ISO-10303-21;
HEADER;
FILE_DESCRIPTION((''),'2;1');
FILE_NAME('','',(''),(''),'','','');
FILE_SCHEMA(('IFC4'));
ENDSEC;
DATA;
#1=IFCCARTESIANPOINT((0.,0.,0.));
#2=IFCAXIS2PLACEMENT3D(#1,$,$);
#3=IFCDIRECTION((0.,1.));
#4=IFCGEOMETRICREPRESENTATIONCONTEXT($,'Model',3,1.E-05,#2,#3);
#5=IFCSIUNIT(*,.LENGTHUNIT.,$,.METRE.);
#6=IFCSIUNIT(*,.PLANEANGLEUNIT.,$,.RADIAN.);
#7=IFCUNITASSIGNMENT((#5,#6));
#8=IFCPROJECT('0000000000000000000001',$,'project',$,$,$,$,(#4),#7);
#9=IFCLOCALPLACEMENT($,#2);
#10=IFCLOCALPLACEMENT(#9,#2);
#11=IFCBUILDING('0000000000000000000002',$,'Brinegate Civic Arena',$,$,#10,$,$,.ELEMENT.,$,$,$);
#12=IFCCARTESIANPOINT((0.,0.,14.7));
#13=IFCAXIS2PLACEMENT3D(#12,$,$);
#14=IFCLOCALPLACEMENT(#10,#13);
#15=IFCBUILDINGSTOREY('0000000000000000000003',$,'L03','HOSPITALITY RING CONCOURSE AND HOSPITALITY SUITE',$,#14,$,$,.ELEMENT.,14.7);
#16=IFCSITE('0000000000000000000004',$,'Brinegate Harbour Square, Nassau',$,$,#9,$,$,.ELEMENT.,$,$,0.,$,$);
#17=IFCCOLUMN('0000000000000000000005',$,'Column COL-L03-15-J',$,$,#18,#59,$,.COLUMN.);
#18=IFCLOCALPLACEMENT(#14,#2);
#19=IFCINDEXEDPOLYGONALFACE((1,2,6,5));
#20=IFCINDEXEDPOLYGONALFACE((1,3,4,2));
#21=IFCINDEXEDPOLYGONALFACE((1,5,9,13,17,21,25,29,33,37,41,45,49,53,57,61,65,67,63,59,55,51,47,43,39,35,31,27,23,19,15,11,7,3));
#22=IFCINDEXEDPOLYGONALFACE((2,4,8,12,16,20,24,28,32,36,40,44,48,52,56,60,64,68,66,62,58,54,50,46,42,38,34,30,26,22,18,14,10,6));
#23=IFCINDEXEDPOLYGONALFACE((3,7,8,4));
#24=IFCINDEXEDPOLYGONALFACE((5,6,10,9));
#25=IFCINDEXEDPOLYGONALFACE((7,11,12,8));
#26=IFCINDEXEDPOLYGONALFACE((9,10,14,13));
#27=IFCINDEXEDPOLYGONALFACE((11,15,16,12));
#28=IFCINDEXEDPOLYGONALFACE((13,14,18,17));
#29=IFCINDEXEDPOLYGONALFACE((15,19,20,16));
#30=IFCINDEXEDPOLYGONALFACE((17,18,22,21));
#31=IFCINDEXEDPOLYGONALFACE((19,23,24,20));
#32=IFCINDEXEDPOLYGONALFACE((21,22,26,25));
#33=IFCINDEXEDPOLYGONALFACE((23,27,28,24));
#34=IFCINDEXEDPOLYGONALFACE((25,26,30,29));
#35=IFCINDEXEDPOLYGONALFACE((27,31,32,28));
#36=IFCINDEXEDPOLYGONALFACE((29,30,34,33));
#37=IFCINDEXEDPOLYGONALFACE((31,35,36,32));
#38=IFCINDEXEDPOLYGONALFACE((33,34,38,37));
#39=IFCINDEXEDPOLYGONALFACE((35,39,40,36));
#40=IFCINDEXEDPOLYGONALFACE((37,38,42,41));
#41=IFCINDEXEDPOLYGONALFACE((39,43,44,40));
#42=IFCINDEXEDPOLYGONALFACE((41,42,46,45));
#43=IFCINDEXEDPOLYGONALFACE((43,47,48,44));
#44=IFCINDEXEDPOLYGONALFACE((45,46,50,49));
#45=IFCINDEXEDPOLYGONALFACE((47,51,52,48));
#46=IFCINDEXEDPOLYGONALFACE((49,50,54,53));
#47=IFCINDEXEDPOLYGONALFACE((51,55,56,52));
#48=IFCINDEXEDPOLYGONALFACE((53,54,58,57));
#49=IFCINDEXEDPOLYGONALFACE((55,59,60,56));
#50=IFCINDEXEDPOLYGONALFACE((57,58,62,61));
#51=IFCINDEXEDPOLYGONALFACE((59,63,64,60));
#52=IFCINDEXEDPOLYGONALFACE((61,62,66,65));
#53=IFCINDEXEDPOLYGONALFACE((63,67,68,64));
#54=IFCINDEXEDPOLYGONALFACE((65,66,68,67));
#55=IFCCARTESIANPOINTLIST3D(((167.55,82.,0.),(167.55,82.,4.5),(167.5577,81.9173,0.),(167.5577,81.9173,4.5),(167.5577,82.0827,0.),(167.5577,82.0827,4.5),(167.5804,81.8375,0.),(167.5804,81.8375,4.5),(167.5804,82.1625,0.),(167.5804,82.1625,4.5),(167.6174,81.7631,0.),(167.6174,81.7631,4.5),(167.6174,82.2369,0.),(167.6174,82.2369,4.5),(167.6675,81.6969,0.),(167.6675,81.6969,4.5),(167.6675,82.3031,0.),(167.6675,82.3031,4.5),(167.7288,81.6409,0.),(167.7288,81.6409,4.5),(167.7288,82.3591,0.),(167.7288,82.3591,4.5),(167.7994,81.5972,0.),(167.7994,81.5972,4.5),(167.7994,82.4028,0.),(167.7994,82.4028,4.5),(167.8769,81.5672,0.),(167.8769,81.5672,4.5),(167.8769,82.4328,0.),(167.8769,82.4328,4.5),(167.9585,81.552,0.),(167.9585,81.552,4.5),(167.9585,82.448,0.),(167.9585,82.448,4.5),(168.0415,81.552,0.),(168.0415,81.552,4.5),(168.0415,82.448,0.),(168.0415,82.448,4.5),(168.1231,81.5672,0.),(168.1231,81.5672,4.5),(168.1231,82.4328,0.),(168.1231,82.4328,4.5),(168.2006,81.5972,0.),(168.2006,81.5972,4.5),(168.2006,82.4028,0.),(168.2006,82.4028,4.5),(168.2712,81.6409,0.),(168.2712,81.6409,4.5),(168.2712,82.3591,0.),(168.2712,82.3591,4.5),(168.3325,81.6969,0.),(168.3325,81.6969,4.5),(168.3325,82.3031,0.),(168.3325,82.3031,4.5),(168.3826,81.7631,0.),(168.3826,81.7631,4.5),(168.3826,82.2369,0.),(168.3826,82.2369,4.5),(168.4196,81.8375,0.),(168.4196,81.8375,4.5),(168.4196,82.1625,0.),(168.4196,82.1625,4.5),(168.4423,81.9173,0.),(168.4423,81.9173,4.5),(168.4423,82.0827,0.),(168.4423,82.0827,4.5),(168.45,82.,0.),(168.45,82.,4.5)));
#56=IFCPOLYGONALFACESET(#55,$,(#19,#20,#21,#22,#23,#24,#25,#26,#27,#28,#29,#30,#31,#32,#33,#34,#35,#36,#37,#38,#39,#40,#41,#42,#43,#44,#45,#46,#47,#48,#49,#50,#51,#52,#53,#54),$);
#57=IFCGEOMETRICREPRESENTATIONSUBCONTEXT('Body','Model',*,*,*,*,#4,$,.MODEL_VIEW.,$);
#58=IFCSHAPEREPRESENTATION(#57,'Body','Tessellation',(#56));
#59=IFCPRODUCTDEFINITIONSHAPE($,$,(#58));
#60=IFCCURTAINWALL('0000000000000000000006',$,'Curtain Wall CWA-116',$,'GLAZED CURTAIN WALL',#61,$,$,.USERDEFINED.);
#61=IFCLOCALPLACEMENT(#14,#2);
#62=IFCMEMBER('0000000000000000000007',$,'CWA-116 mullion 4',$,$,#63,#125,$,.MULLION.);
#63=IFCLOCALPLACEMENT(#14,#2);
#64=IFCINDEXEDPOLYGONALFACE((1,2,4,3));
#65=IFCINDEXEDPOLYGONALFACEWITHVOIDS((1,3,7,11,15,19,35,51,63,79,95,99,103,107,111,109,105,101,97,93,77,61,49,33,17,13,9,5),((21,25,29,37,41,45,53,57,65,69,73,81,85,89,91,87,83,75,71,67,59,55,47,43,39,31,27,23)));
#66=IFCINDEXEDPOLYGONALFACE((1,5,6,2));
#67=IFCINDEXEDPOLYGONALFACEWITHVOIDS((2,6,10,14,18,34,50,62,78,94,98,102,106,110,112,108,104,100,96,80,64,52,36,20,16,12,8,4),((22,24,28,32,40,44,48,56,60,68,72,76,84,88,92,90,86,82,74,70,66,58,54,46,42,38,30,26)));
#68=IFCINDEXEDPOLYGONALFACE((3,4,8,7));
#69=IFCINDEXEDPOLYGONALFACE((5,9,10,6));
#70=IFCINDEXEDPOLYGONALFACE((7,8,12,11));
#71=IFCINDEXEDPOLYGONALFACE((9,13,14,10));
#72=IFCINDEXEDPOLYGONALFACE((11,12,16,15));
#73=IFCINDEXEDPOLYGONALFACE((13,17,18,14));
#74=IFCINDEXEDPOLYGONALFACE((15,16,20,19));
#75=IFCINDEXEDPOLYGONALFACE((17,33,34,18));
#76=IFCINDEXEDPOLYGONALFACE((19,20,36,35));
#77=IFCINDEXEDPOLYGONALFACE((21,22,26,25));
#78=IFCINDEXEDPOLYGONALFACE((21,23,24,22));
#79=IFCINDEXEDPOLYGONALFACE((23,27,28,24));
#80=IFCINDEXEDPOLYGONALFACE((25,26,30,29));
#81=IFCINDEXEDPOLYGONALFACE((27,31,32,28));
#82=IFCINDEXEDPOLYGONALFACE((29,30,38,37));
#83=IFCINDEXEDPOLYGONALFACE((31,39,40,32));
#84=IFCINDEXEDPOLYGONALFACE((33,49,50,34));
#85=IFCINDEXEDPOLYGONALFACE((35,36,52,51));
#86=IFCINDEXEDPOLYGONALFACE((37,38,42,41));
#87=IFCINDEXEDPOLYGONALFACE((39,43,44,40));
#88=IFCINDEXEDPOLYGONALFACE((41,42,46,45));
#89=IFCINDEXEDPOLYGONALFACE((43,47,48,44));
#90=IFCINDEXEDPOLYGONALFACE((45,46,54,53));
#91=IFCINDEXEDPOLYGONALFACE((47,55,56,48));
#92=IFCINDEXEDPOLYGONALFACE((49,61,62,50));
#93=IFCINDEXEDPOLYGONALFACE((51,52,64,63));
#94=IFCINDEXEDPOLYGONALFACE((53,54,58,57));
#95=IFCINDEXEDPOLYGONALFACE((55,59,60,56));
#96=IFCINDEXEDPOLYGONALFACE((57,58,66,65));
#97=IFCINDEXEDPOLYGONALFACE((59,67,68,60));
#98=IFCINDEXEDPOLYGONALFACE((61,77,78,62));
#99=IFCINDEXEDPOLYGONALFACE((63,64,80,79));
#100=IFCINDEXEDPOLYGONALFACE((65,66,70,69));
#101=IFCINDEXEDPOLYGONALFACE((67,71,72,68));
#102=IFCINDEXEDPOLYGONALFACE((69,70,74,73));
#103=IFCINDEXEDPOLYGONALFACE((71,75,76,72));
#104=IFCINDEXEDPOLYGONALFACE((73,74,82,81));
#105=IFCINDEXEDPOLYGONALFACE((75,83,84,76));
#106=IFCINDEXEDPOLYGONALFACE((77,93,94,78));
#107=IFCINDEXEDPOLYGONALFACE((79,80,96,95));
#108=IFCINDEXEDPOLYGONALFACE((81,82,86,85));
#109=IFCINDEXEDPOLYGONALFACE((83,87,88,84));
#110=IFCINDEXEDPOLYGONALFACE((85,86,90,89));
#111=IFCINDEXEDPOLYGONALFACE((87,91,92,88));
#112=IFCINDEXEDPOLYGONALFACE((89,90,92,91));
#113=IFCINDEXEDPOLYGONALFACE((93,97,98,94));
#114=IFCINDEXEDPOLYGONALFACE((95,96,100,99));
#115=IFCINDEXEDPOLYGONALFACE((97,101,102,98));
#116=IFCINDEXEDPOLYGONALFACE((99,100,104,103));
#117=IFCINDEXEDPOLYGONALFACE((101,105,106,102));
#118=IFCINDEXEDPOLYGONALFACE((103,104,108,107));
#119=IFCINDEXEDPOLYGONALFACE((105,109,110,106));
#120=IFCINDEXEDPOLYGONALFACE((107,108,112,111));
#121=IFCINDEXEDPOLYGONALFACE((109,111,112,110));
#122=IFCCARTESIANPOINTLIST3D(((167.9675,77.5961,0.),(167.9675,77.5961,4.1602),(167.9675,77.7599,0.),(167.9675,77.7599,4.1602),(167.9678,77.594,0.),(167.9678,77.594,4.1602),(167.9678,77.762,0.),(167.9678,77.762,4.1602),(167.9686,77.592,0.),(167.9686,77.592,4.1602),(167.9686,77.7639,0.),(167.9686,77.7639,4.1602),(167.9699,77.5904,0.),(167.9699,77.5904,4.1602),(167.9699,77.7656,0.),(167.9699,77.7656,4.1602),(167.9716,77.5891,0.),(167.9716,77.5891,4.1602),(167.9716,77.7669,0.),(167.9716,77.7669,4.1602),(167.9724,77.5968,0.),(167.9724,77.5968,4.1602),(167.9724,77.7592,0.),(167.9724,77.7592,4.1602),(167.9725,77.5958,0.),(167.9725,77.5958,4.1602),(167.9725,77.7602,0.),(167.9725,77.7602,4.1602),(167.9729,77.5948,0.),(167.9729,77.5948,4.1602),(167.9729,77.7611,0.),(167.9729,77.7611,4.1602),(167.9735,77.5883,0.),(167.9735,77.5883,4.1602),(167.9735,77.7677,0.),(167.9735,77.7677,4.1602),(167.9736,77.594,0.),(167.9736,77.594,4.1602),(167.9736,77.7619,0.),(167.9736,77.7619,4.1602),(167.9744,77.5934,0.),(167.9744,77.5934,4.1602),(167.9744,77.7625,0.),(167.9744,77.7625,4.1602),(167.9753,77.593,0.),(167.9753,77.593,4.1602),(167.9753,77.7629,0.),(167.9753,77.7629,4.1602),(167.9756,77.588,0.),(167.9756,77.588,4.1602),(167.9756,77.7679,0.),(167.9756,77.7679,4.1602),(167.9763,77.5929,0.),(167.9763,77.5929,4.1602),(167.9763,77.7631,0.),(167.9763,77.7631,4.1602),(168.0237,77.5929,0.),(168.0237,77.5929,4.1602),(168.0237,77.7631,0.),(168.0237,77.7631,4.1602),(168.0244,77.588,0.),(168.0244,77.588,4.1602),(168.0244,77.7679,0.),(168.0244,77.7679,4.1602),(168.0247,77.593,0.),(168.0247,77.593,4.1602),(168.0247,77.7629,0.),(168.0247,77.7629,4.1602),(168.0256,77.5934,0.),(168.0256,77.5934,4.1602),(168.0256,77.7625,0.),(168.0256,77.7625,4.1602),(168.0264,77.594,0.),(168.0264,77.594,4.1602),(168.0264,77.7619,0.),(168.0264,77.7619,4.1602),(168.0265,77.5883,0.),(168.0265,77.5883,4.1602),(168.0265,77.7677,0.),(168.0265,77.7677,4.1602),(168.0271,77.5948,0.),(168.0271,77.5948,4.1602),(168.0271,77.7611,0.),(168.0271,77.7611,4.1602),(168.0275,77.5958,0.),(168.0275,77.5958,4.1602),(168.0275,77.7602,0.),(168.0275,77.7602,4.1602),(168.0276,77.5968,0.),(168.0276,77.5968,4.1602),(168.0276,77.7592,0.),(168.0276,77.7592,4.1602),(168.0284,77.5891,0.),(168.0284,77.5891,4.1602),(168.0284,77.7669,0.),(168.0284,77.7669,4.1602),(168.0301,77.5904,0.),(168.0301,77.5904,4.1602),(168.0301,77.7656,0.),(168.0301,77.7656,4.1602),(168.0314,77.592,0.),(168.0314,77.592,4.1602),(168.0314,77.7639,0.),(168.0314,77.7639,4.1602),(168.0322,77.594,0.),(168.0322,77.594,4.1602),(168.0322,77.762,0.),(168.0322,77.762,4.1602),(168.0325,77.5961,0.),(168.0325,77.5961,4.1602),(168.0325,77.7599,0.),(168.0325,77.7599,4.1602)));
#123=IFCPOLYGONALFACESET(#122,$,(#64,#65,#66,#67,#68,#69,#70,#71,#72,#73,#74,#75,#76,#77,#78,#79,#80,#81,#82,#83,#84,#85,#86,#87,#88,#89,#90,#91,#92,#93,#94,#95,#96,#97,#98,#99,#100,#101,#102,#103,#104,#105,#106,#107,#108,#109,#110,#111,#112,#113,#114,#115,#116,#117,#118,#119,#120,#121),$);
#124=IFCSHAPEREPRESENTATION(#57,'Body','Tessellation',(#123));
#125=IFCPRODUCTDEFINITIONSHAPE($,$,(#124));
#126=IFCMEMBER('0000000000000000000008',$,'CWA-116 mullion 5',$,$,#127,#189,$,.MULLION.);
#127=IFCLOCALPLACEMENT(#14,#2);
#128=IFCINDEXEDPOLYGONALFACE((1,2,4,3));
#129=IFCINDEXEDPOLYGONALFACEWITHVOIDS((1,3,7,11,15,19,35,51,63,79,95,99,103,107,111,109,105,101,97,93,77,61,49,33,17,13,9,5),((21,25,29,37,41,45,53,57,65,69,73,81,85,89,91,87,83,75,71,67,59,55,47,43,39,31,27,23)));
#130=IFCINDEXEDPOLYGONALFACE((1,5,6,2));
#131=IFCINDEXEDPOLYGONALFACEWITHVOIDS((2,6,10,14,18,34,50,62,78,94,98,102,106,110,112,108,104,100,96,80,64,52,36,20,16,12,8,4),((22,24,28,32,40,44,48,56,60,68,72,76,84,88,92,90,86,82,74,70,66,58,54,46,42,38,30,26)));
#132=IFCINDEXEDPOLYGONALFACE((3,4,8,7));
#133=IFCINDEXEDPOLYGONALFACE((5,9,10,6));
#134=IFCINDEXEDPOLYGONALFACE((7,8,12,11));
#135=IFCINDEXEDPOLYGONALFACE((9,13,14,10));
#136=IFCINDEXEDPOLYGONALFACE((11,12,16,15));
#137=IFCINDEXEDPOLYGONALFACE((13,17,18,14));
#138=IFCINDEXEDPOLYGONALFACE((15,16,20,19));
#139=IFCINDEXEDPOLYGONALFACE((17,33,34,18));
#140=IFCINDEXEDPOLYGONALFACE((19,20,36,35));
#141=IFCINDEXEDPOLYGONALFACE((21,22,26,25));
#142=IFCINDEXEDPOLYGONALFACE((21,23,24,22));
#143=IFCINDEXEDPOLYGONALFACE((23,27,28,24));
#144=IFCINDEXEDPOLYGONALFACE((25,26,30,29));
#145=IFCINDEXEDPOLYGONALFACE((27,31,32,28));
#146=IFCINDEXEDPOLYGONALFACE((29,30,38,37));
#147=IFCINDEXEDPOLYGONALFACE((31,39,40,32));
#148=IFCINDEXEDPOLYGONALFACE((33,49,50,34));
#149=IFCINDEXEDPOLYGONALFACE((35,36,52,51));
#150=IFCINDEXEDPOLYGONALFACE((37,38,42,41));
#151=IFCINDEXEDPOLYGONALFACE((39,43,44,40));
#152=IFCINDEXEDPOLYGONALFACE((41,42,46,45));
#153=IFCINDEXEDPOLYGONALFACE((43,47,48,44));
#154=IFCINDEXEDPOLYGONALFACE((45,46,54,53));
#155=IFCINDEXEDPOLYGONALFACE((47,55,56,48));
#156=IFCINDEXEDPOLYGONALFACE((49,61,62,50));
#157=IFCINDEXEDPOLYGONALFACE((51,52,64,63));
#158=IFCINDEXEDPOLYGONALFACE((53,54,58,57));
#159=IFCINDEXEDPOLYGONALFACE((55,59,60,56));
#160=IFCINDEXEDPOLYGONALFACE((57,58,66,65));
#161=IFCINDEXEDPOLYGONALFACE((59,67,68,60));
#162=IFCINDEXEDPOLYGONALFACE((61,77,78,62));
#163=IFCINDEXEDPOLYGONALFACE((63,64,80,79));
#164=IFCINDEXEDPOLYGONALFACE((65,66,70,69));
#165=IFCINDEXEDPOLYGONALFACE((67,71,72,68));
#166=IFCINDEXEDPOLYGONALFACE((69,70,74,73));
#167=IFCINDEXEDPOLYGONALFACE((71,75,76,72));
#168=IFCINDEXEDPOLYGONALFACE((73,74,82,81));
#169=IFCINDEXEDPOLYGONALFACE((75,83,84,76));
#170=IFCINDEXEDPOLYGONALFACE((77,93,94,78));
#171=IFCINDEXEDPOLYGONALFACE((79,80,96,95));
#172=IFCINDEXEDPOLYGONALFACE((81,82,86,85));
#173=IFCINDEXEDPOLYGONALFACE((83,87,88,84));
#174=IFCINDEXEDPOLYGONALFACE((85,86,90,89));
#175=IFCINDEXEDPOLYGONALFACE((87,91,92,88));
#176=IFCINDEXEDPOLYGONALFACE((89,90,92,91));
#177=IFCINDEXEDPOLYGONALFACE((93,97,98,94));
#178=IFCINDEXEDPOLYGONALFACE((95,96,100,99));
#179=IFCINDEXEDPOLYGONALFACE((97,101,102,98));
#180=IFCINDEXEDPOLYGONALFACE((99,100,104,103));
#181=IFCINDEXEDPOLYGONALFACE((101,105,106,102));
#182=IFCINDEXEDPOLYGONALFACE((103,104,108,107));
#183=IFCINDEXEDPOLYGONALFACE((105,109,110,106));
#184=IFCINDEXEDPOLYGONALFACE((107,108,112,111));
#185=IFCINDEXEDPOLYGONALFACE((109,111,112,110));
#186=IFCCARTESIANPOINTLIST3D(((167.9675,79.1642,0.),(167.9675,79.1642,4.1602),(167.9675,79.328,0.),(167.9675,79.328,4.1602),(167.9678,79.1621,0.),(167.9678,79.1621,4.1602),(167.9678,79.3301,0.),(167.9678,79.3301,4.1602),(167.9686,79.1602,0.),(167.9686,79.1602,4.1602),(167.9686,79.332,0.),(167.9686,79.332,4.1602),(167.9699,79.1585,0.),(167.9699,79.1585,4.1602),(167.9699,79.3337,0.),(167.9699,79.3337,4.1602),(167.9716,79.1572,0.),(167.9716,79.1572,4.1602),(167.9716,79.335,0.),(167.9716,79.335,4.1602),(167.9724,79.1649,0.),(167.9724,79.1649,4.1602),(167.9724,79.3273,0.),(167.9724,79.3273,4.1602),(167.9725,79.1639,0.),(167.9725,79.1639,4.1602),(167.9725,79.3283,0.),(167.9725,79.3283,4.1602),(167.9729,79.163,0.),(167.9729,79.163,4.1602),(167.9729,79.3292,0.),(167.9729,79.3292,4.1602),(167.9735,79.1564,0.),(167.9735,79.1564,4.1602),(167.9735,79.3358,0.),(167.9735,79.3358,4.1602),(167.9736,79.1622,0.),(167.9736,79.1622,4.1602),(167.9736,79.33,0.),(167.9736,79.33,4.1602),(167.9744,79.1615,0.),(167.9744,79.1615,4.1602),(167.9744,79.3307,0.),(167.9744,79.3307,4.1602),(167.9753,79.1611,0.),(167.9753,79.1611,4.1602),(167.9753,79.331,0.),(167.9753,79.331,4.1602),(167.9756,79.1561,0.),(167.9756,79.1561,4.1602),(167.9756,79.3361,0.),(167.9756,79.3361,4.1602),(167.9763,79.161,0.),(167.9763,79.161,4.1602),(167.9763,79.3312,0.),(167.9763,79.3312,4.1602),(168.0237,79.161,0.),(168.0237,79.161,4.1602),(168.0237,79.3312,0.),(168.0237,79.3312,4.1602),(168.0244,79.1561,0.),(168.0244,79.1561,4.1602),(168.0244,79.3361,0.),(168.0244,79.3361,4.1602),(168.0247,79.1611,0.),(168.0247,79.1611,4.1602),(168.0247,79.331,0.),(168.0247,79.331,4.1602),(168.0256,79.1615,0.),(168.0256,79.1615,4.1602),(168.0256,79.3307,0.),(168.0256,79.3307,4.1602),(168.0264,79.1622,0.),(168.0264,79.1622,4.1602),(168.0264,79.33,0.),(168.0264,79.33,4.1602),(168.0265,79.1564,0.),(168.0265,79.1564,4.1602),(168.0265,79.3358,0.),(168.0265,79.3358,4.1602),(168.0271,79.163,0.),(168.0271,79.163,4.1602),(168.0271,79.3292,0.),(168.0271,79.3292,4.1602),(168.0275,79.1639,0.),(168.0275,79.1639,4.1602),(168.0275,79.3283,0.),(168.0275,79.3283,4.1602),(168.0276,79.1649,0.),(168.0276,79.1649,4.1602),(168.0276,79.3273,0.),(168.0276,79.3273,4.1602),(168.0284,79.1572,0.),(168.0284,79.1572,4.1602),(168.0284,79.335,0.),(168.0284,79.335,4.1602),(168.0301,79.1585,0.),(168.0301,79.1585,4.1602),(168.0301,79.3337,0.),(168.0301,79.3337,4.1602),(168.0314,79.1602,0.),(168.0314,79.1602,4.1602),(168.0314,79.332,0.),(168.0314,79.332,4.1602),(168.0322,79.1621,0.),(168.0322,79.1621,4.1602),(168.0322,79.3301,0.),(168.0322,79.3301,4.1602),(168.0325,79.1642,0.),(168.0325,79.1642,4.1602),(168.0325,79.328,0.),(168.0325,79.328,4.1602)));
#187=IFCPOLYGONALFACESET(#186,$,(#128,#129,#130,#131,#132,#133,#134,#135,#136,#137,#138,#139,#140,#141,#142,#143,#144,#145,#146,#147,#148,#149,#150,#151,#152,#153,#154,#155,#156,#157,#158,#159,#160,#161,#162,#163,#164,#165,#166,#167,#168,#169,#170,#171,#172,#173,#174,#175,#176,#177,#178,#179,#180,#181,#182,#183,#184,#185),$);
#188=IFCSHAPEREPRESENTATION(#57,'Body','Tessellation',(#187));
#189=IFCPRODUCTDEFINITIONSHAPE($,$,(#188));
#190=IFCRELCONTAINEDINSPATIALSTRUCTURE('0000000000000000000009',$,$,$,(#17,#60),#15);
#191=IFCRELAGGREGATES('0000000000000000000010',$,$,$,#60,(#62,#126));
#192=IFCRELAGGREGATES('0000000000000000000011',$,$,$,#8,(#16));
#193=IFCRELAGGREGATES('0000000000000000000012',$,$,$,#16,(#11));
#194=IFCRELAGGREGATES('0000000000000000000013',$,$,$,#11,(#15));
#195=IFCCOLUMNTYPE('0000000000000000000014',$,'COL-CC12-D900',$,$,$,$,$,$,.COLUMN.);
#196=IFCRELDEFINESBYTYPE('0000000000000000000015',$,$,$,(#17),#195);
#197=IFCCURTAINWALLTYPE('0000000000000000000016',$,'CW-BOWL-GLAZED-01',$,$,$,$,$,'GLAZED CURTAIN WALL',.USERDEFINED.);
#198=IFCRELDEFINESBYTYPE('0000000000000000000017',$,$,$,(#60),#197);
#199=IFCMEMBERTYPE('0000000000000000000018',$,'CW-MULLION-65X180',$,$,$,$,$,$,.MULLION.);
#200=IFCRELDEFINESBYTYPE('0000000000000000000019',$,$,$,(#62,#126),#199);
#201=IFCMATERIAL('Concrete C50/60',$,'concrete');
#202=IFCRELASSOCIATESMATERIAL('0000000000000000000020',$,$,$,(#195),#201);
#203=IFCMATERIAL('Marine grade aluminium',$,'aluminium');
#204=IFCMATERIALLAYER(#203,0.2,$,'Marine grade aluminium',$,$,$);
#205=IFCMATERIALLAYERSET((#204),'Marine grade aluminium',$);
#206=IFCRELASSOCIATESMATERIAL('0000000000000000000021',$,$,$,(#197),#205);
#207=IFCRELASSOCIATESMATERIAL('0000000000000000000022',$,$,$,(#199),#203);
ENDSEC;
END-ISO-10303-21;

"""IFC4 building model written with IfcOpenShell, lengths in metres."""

from ifc_helpers import new_model, si_unit, direction, frame, origin, origin_2d, place, context, subcontext, project, spatial, hollow_rectangle, circle, extrude, material, layer, layer_set, material_profile, profile_set, type_object, element, aggregate, save


model = new_model("IFC4")

# Units and contexts
model_context = context("Model", 3, precision=1e-05, world=origin(), true_north=direction((0.0, 1.0)))
body_context = subcontext(model_context, "Body", "Model", "MODEL_VIEW")
ifc_project = project(units=[si_unit("LENGTHUNIT", "METRE"), si_unit("PLANEANGLEUNIT", "RADIAN")], contexts=[model_context])

# Site, building, storey
site_placement = place(None, origin())
site = spatial("IfcSite", under=ifc_project, at=site_placement, Name="Brinegate Harbour Square, Nassau", CompositionType="ELEMENT", RefElevation=0.0)
building_placement = place(site_placement, origin())
building = spatial("IfcBuilding", under=site, at=building_placement, Name="Brinegate Civic Arena", CompositionType="ELEMENT")
storey_placement = place(building_placement, frame((0.0, 0.0, 14.7)))
storey = spatial("IfcBuildingStorey", under=building, at=storey_placement, Name="L03", Description="HOSPITALITY RING CONCOURSE AND HOSPITALITY SUITE", CompositionType="ELEMENT", Elevation=14.7)

# Column
ifc_material_1 = material(Name="Concrete C50/60", Category="concrete")
ifc_material_profile_1 = material_profile(ifc_material_1, circle(Radius=0.45, at=origin_2d()), Name="RCD900")
ifc_profile_set_1 = profile_set([ifc_material_profile_1], Name="Concrete C50/60")
column_type = type_object("IfcColumnType", Name="COL-CC12-D900", PredefinedType="COLUMN", material=ifc_profile_set_1)
column_placement = place(storey_placement, frame((168.0, 82.0, 0.0), z_axis=(0.0, 0.0, 1.0), x_axis=(1.0, 0.0, 0.0)))
element("IfcColumn", 1, at=column_placement, inside=storey, type_object=column_type, Name="Column COL-L03-15-J", PredefinedType="COLUMN", context=body_context, shape_type="SweptSolid", body=[
    extrude(circle(Radius=0.45, at=origin_2d()), origin(), (0.0, 0.0, 1.0), 4.5),
])

# Curtain wall, members
ifc_material_2 = material(Name="Marine grade aluminium", Category="aluminium")
ifc_layer_1 = layer(ifc_material_2, 0.2, Name="Marine grade aluminium")
ifc_layer_set_1 = layer_set([ifc_layer_1], Name="Marine grade aluminium")
curtain_wall_type = type_object("IfcCurtainWallType", Name="CW-BOWL-GLAZED-01", ElementType="GLAZED CURTAIN WALL", PredefinedType="USERDEFINED", material=ifc_layer_set_1)
curtain_wall_placement = place(storey_placement, origin())
curtain_wall = element("IfcCurtainWall", 2, at=curtain_wall_placement, inside=storey, type_object=curtain_wall_type, Name="Curtain Wall CWA-116", ObjectType="GLAZED CURTAIN WALL", PredefinedType="USERDEFINED")
ifc_material_profile_2 = material_profile(ifc_material_2, hollow_rectangle(XDim=0.0649, YDim=0.1799, WallThickness=0.0049, InnerFilletRadius=0.0039, OuterFilletRadius=0.0081, at=origin_2d()), Name="MUL65X180")
ifc_profile_set_2 = profile_set([ifc_material_profile_2], Name="Marine grade aluminium")
member_type_1 = type_object("IfcMemberType", Name="CW-MULLION-65X180", PredefinedType="MULLION", material=ifc_profile_set_2)
member_1_placement = place(storey_placement, frame((168.0, 77.678, 0.0), z_axis=(0.0, 0.0, 1.0), x_axis=(-1.0, 0.0, 0.0)))
member_1 = element("IfcMember", 3, at=member_1_placement, type_object=member_type_1, Name="CWA-116 mullion 4", PredefinedType="MULLION", context=body_context, shape_type="SweptSolid", body=[
    extrude(hollow_rectangle(XDim=0.0649, YDim=0.1799, WallThickness=0.0049, InnerFilletRadius=0.0039, OuterFilletRadius=0.0081, at=origin_2d()), origin(), (0.0, 0.0, 1.0), 4.1602),
])
member_2_placement = place(storey_placement, frame((168.0, 79.2461, 0.0), z_axis=(0.0, 0.0, 1.0), x_axis=(-1.0, 0.0, 0.0)))
member_2 = element("IfcMember", 4, at=member_2_placement, type_object=member_type_1, Name="CWA-116 mullion 5", PredefinedType="MULLION", context=body_context, shape_type="SweptSolid", body=[
    extrude(hollow_rectangle(XDim=0.0649, YDim=0.1799, WallThickness=0.0049, InnerFilletRadius=0.0039, OuterFilletRadius=0.0081, at=origin_2d()), origin(), (0.0, 0.0, 1.0), 4.1602),
])
aggregate(curtain_wall, [member_1, member_2])

save(model, "model.ifc")
